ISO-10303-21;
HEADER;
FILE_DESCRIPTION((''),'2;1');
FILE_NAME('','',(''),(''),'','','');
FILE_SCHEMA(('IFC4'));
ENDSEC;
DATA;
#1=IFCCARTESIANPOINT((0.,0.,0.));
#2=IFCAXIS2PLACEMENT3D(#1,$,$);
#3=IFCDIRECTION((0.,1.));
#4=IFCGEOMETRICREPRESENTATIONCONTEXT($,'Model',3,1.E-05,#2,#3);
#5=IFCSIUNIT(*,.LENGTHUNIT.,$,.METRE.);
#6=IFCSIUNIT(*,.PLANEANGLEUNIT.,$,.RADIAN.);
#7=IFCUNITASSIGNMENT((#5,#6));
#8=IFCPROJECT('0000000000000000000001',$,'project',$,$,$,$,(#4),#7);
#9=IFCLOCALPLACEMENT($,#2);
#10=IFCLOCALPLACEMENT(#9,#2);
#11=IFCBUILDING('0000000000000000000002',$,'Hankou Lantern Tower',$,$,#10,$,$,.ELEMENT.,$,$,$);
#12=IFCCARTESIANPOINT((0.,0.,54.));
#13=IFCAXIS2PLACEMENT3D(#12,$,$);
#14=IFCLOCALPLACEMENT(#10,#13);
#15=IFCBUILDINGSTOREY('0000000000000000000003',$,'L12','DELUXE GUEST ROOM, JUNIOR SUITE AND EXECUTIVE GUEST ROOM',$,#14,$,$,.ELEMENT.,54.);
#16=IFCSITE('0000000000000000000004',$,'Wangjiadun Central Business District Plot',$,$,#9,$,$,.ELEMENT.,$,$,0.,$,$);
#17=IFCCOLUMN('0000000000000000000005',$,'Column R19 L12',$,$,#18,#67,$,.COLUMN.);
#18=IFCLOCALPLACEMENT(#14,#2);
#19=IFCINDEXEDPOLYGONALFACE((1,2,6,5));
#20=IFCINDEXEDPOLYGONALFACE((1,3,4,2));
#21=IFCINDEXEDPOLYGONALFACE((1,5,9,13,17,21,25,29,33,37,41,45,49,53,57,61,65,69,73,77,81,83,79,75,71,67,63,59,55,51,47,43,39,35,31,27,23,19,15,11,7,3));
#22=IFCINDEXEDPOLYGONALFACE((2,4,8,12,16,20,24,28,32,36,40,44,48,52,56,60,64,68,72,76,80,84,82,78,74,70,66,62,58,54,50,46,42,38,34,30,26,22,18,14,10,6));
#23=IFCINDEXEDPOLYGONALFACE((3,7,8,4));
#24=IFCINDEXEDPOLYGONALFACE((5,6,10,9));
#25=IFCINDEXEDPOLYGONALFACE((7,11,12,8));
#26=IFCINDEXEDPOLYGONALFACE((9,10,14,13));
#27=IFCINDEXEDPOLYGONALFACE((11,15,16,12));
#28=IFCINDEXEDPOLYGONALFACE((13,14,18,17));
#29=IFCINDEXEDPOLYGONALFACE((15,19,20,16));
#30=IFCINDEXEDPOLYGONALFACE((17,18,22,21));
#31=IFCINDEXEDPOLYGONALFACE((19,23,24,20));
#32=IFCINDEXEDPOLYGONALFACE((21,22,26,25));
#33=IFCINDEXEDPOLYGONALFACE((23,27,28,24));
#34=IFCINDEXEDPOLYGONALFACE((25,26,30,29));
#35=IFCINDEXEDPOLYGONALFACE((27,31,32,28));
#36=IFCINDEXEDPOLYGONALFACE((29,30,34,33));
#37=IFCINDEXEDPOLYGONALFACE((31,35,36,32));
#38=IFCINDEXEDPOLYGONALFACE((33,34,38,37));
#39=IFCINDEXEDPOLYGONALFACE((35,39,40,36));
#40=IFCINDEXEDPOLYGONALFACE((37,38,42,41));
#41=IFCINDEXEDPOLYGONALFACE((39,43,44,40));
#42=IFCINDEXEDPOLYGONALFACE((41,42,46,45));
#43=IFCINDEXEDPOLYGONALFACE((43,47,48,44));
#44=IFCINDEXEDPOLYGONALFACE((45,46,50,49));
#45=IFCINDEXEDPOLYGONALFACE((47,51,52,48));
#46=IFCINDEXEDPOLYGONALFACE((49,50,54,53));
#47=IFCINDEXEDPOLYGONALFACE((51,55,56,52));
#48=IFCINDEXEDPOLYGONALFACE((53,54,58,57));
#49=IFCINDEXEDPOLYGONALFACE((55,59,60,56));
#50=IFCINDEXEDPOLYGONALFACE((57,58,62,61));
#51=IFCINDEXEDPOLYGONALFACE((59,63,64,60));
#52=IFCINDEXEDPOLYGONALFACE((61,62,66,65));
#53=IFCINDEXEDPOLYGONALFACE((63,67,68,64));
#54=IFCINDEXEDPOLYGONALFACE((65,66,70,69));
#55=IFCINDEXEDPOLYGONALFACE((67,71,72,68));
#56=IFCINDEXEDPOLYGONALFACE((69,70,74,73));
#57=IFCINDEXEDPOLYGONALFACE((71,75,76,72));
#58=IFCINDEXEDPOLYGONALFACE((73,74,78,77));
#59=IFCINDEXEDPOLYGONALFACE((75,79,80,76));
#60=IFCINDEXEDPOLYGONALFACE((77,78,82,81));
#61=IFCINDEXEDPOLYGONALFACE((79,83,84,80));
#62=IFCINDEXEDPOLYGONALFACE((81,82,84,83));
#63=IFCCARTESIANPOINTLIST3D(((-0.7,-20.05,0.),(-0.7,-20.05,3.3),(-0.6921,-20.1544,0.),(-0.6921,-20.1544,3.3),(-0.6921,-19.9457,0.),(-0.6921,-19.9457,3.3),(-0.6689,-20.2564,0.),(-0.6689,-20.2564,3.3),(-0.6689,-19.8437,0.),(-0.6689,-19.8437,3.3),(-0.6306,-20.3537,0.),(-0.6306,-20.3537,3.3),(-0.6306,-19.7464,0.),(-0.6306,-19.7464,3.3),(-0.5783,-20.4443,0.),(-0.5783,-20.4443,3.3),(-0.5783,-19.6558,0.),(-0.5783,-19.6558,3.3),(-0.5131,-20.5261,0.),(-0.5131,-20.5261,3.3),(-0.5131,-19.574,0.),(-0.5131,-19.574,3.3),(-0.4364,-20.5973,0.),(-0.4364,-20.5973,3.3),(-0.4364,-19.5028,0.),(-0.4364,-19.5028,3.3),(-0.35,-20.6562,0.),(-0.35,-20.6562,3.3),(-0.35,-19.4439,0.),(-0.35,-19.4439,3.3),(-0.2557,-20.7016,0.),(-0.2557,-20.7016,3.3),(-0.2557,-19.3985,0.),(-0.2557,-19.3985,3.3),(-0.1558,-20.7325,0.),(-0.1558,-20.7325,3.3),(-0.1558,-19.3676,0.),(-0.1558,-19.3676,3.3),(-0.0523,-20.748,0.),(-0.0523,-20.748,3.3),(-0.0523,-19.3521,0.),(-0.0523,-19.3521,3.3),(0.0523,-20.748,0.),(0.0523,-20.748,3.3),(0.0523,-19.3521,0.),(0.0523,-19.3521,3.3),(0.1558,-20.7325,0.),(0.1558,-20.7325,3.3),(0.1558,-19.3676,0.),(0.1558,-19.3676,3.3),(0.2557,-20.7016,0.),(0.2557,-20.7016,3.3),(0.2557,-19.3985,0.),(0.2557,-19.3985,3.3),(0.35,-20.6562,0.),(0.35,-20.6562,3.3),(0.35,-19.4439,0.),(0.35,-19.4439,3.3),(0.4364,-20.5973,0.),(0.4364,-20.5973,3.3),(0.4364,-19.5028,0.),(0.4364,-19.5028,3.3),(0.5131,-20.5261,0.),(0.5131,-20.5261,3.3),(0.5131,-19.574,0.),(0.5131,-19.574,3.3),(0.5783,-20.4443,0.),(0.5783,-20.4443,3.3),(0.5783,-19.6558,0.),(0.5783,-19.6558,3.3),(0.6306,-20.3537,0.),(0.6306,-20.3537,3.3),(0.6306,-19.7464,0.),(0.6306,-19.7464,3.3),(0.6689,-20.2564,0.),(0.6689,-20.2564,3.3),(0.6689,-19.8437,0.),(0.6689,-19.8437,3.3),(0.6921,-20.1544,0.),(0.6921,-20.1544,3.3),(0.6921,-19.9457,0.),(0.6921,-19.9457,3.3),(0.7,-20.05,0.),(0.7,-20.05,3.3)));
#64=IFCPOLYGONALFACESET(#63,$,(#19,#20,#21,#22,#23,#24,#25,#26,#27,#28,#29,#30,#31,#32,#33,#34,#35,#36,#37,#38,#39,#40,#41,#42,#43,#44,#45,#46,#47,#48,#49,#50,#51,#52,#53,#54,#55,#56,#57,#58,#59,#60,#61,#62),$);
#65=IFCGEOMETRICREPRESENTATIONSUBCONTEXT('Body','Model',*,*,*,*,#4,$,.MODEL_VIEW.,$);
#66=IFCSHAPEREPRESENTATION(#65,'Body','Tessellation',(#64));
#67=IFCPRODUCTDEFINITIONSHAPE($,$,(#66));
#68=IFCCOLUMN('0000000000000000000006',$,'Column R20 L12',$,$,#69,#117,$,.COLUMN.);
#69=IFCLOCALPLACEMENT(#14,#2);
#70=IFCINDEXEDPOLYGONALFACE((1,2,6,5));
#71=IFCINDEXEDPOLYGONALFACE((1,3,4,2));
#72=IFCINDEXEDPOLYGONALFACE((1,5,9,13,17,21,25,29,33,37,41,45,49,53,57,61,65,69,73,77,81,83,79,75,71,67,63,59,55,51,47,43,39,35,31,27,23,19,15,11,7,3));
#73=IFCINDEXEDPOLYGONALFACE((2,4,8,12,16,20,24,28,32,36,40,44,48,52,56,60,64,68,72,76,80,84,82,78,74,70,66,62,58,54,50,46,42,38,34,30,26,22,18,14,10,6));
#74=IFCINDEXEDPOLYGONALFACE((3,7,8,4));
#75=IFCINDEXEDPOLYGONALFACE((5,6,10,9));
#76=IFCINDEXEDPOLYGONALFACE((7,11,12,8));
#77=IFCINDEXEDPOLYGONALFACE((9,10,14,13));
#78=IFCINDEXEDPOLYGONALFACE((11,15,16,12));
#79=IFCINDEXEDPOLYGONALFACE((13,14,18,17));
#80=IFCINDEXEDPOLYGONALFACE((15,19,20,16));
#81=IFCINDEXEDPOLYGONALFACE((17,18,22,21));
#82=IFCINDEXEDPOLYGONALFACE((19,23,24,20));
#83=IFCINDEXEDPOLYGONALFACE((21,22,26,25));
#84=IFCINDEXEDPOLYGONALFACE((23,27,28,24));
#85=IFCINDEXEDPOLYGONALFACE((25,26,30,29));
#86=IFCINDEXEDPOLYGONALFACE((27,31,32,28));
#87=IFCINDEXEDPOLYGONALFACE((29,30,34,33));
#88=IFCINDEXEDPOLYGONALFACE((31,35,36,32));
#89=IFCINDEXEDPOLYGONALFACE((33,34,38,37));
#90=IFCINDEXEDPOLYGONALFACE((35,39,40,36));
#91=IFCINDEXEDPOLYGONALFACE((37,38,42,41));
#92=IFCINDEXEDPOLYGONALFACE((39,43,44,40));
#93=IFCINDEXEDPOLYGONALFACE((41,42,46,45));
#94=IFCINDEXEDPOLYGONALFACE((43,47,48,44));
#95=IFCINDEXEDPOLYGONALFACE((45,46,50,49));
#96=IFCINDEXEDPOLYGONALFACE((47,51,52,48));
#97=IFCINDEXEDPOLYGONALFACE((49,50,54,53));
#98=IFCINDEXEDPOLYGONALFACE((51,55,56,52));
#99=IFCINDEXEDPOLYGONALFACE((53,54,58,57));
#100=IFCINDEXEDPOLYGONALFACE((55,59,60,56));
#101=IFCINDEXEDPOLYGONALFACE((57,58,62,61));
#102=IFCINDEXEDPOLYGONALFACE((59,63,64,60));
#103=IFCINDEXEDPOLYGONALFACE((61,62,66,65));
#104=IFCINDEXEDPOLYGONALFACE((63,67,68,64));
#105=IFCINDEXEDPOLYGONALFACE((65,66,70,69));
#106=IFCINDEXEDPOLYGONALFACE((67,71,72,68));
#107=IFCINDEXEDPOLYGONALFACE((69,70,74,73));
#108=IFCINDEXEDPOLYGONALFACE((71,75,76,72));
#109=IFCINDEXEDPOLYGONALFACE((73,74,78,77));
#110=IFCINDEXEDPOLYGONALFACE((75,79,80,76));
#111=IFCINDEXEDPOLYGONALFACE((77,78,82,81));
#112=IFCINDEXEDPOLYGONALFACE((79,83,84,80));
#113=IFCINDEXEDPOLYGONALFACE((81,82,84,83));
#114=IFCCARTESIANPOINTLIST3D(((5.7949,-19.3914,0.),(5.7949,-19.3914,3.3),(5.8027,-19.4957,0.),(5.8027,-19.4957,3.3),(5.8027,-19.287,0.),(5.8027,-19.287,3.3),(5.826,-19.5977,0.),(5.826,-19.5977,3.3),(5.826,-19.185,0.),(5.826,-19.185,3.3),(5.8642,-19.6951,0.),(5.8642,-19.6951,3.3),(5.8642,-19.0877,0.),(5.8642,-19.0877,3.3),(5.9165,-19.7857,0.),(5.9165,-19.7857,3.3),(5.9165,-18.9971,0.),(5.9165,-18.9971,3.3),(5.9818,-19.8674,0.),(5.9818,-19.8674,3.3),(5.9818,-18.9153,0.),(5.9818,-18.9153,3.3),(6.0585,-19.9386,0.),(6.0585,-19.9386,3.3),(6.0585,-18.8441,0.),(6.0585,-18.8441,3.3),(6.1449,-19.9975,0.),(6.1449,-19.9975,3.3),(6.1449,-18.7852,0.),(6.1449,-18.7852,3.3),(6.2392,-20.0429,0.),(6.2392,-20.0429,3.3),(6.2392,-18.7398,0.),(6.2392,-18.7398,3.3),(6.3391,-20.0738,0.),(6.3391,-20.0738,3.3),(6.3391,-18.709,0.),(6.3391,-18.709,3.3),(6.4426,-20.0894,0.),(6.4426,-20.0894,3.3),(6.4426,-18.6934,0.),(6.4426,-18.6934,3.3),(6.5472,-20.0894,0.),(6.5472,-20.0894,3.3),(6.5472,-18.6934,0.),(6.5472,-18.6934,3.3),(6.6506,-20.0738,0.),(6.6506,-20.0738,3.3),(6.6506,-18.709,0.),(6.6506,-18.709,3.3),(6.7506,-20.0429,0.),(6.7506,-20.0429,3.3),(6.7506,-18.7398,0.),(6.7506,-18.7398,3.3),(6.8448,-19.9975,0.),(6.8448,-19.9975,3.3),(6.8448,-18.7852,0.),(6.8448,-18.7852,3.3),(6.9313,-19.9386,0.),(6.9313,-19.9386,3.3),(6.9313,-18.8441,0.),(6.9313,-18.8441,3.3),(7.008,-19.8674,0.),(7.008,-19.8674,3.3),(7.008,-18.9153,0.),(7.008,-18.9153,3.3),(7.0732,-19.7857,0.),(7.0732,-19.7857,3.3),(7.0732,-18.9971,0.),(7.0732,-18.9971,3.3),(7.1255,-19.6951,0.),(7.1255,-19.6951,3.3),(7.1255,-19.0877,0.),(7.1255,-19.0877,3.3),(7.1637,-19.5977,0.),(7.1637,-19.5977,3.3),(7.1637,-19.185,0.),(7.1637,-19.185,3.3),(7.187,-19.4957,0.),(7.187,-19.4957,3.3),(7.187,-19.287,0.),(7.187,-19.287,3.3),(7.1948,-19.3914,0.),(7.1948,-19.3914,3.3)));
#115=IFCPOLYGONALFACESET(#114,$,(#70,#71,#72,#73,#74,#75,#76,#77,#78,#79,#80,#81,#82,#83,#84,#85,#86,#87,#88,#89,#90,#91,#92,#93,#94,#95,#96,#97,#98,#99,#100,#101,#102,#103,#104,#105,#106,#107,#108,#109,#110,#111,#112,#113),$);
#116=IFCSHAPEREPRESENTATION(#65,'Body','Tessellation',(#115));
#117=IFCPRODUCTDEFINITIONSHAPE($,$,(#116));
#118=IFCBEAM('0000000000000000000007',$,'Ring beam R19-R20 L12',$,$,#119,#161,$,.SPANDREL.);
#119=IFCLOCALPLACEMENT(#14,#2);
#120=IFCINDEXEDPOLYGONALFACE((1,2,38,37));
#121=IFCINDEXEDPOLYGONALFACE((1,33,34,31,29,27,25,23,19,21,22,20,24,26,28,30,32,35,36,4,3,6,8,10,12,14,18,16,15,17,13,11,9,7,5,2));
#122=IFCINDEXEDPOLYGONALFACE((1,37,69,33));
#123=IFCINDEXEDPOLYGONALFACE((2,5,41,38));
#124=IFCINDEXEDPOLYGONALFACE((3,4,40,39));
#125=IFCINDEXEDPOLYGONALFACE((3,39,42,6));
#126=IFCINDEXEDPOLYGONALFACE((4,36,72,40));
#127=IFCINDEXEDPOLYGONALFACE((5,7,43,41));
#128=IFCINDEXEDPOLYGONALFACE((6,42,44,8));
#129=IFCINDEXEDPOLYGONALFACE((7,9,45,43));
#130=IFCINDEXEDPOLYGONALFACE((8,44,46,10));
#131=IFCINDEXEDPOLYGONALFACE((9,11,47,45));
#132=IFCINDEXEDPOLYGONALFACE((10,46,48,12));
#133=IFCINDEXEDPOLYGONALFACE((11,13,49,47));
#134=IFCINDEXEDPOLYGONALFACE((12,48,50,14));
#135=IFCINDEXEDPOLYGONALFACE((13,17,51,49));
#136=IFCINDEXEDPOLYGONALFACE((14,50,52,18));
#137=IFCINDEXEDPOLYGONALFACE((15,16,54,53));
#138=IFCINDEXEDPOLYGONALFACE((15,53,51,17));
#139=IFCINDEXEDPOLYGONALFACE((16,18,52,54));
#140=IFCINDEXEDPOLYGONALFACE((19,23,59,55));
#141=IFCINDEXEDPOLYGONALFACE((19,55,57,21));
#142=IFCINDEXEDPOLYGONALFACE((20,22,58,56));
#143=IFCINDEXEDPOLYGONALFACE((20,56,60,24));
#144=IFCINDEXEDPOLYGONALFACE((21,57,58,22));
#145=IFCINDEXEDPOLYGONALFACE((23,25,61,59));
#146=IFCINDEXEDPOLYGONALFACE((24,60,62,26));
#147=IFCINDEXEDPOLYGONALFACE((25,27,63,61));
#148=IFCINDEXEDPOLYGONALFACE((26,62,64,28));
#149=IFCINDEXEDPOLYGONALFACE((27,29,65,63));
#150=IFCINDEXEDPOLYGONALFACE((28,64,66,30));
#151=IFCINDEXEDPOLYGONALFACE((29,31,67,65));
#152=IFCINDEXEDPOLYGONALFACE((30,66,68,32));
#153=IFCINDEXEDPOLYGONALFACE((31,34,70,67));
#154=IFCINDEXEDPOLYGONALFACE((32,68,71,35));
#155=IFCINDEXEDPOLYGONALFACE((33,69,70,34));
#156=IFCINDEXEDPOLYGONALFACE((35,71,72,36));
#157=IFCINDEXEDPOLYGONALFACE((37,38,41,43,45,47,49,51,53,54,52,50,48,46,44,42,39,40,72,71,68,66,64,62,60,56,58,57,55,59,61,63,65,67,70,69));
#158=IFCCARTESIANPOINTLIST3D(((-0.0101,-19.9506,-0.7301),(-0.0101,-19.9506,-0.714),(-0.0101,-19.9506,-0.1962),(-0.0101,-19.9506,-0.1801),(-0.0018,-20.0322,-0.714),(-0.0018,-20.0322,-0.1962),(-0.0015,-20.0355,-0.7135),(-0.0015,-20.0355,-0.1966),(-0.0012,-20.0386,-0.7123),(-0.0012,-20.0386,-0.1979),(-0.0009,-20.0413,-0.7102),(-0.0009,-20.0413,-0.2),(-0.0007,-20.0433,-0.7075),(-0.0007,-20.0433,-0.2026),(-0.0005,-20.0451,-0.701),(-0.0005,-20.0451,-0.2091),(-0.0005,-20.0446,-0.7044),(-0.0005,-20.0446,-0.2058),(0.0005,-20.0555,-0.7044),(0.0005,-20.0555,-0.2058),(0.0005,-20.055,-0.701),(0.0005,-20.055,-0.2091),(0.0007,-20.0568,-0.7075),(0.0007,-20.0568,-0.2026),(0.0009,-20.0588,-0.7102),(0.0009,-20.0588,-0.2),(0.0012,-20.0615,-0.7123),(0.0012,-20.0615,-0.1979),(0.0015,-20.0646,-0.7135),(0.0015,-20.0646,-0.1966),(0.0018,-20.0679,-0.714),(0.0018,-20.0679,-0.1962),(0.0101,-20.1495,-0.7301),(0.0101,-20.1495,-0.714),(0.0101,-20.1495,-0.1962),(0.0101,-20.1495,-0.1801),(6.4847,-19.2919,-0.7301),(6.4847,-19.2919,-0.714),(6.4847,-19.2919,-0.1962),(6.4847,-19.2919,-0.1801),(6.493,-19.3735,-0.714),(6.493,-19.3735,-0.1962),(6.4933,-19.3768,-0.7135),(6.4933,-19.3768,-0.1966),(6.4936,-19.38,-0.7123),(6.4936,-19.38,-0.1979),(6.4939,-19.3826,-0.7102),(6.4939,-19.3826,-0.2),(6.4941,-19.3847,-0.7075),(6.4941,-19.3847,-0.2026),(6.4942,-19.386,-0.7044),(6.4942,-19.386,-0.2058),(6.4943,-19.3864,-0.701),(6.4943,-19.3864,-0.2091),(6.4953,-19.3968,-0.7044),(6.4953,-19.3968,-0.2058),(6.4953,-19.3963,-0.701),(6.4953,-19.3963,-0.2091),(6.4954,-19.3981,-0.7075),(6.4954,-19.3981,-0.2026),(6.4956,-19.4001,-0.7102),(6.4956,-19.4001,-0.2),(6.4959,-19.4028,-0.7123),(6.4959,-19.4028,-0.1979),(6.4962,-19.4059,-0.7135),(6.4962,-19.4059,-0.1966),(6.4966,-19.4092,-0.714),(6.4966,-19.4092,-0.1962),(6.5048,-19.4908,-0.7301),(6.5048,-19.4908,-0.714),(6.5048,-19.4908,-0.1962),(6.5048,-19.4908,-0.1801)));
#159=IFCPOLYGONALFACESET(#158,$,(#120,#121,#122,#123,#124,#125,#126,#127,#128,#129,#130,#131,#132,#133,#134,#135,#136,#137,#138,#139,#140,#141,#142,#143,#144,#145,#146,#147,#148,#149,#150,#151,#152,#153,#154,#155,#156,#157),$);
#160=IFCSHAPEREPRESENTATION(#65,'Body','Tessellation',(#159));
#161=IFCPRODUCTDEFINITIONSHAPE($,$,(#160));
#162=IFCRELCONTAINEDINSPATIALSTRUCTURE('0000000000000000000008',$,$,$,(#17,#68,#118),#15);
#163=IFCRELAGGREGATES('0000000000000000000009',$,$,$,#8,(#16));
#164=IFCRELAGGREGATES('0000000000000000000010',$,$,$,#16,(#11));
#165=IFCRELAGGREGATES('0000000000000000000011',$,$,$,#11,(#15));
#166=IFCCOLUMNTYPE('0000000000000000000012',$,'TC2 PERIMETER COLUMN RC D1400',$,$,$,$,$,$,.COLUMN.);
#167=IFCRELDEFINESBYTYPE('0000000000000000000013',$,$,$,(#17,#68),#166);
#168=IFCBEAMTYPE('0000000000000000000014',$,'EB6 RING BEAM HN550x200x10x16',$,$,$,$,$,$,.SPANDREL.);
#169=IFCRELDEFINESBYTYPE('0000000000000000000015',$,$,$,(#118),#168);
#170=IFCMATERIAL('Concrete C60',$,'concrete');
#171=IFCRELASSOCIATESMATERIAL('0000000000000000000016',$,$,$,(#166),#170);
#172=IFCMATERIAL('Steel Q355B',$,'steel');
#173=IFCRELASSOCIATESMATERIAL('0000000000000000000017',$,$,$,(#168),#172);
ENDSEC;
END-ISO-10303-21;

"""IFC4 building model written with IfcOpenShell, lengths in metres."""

from ifc_helpers import new_model, si_unit, direction, frame, origin, origin_2d, place, context, subcontext, project, spatial, circle, i_section, extrude, material, material_profile, profile_set, type_object, element, save


model = new_model("IFC4")

# Units and contexts
model_context = context("Model", 3, precision=1e-05, world=origin(), true_north=direction((0.0, 1.0)))
body_context = subcontext(model_context, "Body", "Model", "MODEL_VIEW")
ifc_project = project(units=[si_unit("LENGTHUNIT", "METRE"), si_unit("PLANEANGLEUNIT", "RADIAN")], contexts=[model_context])

# Site, building, storey
site_placement = place(None, origin())
site = spatial("IfcSite", under=ifc_project, at=site_placement, Name="Wangjiadun Central Business District Plot", CompositionType="ELEMENT", RefElevation=0.0)
building_placement = place(site_placement, origin())
building = spatial("IfcBuilding", under=site, at=building_placement, Name="Hankou Lantern Tower", CompositionType="ELEMENT")
storey_placement = place(building_placement, frame((0.0, 0.0, 54.0)))
storey = spatial("IfcBuildingStorey", under=building, at=storey_placement, Name="L12", Description="DELUXE GUEST ROOM, JUNIOR SUITE AND EXECUTIVE GUEST ROOM", CompositionType="ELEMENT", Elevation=54.0)

# Columns
ifc_material_1 = material(Name="Concrete C60", Category="concrete")
ifc_material_profile_1 = material_profile(ifc_material_1, circle(Radius=0.7, at=origin_2d()), Name="RC D1400")
ifc_profile_set_1 = profile_set([ifc_material_profile_1], Name="Concrete C60")
column_type = type_object("IfcColumnType", Name="TC2 PERIMETER COLUMN RC D1400", PredefinedType="COLUMN", material=ifc_profile_set_1)
for number, where, z_axis, x_axis, name in (
    (1, (0.0, -20.05, 0.0), (0.0, 0.0, 1.0), (1.0, 0.0, 0.0), "Column R19 L12"),
    (2, (6.4949, -19.3914, 0.0), (0.0, 0.0, 1.0), (1.0, 0.0, 0.0), "Column R20 L12"),
):
    element("IfcColumn", number, at=place(storey_placement, frame(where, z_axis=z_axis, x_axis=x_axis)), inside=storey, type_object=column_type, Name=name, PredefinedType="COLUMN", context=body_context, shape_type="SweptSolid", body=[
        extrude(circle(Radius=0.7, at=origin_2d()), origin(), (0.0, 0.0, 1.0), 3.3),
    ])

# Beam
ifc_material_2 = material(Name="Steel Q355B", Category="steel")
ifc_material_profile_2 = material_profile(ifc_material_2, i_section(OverallWidth=0.2, OverallDepth=0.55, WebThickness=0.01, FlangeThickness=0.0161, FilletRadius=0.0129, at=origin_2d()), Name="HN550x200x10x16")
ifc_profile_set_2 = profile_set([ifc_material_profile_2], Name="Steel Q355B")
beam_type_1 = type_object("IfcBeamType", Name="EB6 RING BEAM HN550x200x10x16", PredefinedType="SPANDREL", material=ifc_profile_set_2)
beam_1_placement = place(storey_placement, frame((0.0, -20.05, -0.4551), z_axis=(0.994897, 0.1009, 0.0), x_axis=(-0.1009, 0.994897, 0.0)))
element("IfcBeam", 3, at=beam_1_placement, inside=storey, type_object=beam_type_1, Name="Ring beam R19-R20 L12", PredefinedType="SPANDREL", context=body_context, shape_type="SweptSolid", body=[
    extrude(i_section(OverallWidth=0.2, OverallDepth=0.55, WebThickness=0.01, FlangeThickness=0.0161, FilletRadius=0.0129, at=origin_2d()), origin(), (0.0, 0.0, 1.0), 6.5281),
])

save(model, "model.ifc")
